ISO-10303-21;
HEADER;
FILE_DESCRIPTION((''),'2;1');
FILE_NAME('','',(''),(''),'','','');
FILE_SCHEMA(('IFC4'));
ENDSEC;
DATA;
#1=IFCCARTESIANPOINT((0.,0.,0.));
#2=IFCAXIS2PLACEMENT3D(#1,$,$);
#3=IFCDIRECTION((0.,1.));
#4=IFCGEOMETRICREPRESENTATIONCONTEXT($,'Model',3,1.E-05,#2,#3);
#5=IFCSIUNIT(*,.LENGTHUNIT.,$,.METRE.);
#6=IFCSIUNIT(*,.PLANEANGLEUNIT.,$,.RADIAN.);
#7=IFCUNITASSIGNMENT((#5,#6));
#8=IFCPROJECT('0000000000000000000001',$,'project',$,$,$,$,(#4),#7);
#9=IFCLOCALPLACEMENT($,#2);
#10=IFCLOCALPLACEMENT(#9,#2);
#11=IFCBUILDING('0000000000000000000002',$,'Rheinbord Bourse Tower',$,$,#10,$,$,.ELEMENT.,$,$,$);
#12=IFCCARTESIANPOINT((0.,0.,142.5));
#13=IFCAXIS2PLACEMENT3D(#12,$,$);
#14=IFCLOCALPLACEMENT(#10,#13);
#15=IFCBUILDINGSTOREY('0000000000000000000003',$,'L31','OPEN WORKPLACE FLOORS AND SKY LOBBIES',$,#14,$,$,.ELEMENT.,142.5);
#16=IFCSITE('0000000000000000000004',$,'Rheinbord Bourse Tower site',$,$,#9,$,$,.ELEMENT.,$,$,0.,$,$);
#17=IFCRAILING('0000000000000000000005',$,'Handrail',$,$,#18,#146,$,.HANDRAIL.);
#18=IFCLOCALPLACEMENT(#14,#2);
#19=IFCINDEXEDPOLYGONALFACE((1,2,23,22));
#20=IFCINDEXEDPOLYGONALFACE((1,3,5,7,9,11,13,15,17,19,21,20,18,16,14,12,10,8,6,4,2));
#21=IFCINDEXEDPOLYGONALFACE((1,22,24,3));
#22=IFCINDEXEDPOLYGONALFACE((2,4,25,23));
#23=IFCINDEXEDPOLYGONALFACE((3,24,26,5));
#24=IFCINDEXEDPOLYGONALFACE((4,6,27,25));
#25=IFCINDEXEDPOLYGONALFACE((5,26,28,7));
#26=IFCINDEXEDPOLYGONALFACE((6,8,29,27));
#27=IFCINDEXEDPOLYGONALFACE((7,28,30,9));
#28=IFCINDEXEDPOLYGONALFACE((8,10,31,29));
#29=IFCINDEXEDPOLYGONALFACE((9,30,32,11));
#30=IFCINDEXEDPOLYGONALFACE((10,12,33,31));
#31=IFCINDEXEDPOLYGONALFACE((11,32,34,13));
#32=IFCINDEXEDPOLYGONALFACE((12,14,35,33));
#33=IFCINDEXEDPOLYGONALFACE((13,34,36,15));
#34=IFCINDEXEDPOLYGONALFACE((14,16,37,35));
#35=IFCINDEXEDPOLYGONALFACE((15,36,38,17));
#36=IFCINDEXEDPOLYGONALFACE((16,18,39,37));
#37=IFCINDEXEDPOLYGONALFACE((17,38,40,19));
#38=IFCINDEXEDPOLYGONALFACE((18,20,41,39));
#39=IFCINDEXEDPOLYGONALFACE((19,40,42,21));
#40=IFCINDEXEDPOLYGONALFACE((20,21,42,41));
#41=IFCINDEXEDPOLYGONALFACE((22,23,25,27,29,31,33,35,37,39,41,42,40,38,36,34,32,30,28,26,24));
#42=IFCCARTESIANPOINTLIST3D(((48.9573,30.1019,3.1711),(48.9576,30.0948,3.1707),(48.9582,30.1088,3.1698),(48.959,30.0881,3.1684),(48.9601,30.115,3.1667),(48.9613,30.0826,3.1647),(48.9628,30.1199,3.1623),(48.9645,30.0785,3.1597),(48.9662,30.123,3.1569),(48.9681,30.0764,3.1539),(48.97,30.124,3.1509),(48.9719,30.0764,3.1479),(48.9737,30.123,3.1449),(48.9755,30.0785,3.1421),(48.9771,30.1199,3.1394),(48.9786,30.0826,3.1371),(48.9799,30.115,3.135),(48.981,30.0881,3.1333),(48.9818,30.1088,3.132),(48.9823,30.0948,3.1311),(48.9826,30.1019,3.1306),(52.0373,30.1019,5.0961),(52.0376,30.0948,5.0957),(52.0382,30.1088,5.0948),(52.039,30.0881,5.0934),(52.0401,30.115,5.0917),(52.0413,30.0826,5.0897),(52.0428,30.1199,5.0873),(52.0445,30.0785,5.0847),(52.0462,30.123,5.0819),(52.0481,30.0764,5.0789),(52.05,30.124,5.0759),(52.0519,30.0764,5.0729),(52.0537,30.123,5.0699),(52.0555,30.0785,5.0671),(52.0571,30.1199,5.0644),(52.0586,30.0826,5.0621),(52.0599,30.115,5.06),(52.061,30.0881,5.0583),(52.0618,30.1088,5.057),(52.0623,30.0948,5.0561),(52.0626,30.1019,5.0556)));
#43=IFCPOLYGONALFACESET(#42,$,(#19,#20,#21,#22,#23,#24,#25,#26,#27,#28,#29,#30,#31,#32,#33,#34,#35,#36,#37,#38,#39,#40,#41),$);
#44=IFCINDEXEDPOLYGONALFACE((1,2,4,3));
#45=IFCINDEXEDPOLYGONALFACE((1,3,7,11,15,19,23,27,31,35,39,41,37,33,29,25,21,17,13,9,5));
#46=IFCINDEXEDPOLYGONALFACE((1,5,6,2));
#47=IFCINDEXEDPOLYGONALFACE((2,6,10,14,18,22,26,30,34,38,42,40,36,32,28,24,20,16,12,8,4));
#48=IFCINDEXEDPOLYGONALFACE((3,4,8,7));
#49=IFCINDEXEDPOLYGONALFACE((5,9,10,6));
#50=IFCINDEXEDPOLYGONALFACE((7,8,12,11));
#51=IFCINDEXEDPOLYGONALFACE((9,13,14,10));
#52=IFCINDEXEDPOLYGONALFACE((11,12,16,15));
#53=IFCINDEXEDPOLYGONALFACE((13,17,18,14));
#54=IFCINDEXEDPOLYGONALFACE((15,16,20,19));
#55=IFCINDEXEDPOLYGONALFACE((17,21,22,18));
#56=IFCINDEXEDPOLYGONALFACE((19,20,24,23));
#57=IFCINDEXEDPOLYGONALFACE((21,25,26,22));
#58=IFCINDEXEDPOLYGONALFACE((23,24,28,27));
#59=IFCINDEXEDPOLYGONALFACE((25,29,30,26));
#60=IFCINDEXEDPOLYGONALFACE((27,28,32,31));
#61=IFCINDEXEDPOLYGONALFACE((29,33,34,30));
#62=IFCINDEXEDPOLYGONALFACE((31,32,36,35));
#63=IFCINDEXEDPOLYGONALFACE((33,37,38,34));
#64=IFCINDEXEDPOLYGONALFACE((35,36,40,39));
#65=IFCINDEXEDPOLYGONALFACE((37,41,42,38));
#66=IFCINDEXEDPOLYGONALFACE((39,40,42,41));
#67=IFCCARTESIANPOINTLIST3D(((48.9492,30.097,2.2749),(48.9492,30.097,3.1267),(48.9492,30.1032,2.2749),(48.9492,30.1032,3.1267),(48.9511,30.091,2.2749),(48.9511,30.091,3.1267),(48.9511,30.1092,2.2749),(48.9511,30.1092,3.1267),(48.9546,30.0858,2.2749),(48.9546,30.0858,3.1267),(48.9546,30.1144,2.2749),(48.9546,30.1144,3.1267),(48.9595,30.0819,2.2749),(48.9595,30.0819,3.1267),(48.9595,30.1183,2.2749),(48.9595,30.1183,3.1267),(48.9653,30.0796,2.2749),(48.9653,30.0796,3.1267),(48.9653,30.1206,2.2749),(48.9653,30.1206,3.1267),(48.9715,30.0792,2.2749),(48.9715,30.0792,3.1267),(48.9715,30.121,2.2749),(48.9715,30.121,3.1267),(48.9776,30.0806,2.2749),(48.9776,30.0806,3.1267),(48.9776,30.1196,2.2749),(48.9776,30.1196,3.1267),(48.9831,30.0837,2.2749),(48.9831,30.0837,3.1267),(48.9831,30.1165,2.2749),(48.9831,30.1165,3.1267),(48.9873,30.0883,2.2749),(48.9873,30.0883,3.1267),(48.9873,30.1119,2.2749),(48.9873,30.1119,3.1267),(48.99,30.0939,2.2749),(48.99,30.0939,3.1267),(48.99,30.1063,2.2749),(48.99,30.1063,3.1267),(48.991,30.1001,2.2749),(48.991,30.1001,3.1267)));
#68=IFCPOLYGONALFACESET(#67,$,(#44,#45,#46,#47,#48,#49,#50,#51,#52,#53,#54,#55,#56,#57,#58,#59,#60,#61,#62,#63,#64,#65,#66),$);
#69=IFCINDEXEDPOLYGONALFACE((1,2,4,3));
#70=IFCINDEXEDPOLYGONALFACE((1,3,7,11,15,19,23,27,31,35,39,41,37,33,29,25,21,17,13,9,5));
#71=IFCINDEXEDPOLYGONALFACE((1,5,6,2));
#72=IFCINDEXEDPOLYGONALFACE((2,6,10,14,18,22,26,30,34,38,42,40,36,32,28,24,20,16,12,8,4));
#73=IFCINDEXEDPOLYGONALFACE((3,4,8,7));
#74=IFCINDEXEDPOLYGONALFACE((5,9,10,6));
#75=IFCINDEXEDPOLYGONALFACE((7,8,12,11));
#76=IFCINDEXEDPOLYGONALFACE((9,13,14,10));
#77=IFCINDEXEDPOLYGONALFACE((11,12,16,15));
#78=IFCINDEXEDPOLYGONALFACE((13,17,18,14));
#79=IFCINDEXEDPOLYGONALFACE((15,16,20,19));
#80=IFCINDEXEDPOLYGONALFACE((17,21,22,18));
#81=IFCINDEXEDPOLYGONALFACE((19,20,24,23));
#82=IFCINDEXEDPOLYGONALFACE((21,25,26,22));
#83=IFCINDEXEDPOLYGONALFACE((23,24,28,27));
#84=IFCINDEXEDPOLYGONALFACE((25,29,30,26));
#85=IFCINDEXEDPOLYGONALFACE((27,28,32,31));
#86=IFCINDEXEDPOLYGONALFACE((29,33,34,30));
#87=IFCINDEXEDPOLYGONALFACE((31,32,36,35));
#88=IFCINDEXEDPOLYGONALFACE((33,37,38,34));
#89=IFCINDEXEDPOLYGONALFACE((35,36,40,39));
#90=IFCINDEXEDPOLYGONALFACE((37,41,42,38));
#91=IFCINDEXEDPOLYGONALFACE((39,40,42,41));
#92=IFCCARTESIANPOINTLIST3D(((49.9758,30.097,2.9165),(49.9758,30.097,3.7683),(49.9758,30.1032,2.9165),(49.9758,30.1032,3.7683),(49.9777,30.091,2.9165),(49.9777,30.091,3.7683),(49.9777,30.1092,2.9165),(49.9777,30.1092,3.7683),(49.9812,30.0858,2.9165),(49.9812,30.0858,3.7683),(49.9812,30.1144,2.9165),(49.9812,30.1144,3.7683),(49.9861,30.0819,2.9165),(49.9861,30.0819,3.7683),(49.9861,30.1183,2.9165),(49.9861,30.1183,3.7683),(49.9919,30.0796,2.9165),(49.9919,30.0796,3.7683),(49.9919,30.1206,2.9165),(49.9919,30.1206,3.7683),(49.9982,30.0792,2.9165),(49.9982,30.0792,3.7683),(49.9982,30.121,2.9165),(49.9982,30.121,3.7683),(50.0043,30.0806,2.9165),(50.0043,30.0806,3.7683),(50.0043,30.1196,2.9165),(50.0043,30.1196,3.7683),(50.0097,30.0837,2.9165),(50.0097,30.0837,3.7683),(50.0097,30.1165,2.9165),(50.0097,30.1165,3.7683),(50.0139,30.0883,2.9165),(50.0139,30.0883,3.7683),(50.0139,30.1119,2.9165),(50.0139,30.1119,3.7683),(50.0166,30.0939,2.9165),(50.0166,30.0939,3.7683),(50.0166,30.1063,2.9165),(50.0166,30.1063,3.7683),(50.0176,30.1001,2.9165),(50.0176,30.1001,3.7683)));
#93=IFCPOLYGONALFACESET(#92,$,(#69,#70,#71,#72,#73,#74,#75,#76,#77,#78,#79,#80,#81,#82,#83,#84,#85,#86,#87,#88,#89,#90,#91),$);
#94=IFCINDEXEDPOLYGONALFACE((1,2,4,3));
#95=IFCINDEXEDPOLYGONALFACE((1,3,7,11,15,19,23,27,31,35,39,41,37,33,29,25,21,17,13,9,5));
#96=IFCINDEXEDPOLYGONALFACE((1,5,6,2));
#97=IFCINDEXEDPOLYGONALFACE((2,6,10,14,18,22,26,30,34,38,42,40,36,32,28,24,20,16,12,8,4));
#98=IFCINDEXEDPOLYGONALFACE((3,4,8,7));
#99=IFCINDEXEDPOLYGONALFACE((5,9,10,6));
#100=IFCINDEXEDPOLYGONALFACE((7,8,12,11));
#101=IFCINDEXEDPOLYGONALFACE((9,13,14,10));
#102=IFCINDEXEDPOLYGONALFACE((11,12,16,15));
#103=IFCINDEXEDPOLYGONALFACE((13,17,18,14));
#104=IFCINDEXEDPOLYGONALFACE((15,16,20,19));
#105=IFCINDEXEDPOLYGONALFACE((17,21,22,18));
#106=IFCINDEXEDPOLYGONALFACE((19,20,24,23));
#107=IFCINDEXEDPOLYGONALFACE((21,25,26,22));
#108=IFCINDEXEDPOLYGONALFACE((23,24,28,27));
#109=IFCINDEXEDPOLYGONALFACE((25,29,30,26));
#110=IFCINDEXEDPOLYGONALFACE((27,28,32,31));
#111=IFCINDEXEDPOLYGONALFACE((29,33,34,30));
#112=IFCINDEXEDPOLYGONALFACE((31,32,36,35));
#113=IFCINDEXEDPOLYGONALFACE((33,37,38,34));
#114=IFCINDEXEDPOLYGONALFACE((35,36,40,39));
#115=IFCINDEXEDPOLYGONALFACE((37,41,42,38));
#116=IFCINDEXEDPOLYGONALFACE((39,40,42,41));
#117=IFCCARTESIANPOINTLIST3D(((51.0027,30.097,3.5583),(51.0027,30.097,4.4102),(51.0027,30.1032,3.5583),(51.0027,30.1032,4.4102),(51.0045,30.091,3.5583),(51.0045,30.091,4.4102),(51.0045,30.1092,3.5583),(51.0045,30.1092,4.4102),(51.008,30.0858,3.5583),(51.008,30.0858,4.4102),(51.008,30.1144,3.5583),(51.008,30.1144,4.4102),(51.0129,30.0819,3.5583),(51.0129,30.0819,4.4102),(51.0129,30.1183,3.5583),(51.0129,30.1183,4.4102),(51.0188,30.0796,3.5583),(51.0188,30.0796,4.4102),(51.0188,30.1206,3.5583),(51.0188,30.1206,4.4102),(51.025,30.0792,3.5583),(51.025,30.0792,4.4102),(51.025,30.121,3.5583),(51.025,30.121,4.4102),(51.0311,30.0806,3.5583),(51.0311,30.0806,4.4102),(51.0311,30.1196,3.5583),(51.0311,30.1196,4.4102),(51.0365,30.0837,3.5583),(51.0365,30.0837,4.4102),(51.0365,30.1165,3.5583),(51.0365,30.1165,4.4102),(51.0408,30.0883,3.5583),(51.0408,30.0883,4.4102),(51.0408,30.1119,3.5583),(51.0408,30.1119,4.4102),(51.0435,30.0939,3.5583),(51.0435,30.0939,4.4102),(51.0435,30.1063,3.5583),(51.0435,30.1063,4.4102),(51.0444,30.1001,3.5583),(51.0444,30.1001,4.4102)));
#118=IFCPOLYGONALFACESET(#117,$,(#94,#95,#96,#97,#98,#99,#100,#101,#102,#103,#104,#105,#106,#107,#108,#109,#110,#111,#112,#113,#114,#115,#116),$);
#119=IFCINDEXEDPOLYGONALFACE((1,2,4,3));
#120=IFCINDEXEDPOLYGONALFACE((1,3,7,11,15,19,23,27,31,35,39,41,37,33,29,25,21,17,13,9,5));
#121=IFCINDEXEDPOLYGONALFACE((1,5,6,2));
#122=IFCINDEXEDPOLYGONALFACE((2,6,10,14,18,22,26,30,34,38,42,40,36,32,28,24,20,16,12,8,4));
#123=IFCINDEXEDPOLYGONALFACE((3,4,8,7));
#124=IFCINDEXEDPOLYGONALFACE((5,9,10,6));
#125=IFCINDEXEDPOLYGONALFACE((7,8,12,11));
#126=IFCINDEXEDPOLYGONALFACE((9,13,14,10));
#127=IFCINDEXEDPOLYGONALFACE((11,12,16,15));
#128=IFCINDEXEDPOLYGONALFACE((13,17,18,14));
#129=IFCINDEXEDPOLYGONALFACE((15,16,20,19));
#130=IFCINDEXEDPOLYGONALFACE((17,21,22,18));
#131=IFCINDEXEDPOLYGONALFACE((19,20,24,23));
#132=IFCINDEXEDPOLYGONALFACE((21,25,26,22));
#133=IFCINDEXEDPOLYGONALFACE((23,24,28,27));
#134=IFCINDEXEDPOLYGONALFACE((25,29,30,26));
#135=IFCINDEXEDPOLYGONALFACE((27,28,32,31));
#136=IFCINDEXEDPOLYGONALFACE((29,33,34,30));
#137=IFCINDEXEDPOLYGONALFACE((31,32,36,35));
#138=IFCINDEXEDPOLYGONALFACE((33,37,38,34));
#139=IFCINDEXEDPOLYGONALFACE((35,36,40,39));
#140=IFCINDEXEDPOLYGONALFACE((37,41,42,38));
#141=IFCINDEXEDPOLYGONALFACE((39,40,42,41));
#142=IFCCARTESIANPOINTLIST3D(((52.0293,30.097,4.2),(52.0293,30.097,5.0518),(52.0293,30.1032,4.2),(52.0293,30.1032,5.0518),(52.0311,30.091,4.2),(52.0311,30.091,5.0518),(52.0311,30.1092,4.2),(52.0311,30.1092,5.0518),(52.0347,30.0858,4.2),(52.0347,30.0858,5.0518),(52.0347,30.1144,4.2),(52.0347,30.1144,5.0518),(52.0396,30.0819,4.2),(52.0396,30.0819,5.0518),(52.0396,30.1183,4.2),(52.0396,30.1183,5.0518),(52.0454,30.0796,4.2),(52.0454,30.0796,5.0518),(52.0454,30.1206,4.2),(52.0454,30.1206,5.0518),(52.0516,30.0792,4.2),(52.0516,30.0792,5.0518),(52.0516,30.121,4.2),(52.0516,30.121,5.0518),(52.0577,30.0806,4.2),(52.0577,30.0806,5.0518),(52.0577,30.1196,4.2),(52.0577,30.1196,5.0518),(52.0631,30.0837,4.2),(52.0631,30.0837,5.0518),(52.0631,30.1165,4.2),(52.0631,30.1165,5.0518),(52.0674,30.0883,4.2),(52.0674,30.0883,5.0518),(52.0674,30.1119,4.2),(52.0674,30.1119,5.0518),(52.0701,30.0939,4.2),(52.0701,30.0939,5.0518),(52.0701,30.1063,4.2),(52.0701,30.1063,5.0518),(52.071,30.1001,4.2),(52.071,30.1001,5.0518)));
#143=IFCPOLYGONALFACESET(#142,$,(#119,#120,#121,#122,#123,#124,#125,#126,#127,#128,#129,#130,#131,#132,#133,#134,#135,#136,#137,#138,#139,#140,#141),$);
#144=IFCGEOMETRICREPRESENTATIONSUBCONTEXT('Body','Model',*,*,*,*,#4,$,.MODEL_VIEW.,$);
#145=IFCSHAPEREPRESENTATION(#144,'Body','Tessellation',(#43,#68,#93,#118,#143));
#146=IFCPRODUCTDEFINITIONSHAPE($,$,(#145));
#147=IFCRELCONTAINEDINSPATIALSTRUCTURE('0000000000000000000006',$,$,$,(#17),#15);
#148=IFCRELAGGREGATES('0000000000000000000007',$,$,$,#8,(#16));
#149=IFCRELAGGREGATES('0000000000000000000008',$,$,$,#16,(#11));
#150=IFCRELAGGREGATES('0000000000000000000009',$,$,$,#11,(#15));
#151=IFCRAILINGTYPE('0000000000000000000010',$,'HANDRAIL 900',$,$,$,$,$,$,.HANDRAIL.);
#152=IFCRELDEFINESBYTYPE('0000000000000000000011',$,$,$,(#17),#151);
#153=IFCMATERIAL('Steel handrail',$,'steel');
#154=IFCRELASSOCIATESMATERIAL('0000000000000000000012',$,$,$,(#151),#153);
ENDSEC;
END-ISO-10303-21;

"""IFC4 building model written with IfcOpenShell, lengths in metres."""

from ifc_helpers import new_model, si_unit, direction, frame, origin, origin_2d, place, context, subcontext, project, spatial, circle, extrude, material, type_object, element, save


model = new_model("IFC4")

# Units and contexts
model_context = context("Model", 3, precision=1e-05, world=origin(), true_north=direction((0.0, 1.0)))
body_context = subcontext(model_context, "Body", "Model", "MODEL_VIEW")
ifc_project = project(units=[si_unit("LENGTHUNIT", "METRE"), si_unit("PLANEANGLEUNIT", "RADIAN")], contexts=[model_context])

# Site, building, storey
site_placement = place(None, origin())
site = spatial("IfcSite", under=ifc_project, at=site_placement, Name="Rheinbord Bourse Tower site", CompositionType="ELEMENT", RefElevation=0.0)
building_placement = place(site_placement, origin())
building = spatial("IfcBuilding", under=site, at=building_placement, Name="Rheinbord Bourse Tower", CompositionType="ELEMENT")
storey_placement = place(building_placement, frame((0.0, 0.0, 142.5)))
storey = spatial("IfcBuildingStorey", under=building, at=storey_placement, Name="L31", Description="OPEN WORKPLACE FLOORS AND SKY LOBBIES", CompositionType="ELEMENT", Elevation=142.5)

# Railing
ifc_material_1 = material(Name="Steel handrail", Category="steel")
railing_type = type_object("IfcRailingType", Name="HANDRAIL 900", PredefinedType="HANDRAIL", material=ifc_material_1)
railing_1_placement = place(storey_placement, frame((48.97, 30.1001, 2.2749)))
element("IfcRailing", 1, at=railing_1_placement, inside=storey, type_object=railing_type, Name="Handrail", PredefinedType="HANDRAIL", context=body_context, shape_type="SweptSolid", body=[
    extrude(circle(Radius=0.0239, at=origin_2d()), frame((0.0, 0.0, 0.876), z_axis=(0.847998, 0.0, 0.529999), x_axis=(0.0, 1.0, 0.0)), (0.0, 0.0, 1.0), 3.6321),
    extrude(circle(Radius=0.021, at=origin_2d()), origin(), (0.0, 0.0, 1.0), 0.8518),
    extrude(circle(Radius=0.021, at=origin_2d()), frame((1.0266, 0.0, 0.6416)), (0.0, 0.0, 1.0), 0.8518),
    extrude(circle(Radius=0.021, at=origin_2d()), frame((2.0535, 0.0, 1.2834)), (0.0, 0.0, 1.0), 0.8518),
    extrude(circle(Radius=0.021, at=origin_2d()), frame((3.0801, 0.0, 1.925)), (0.0, 0.0, 1.0), 0.8518),
])

save(model, "model.ifc")
